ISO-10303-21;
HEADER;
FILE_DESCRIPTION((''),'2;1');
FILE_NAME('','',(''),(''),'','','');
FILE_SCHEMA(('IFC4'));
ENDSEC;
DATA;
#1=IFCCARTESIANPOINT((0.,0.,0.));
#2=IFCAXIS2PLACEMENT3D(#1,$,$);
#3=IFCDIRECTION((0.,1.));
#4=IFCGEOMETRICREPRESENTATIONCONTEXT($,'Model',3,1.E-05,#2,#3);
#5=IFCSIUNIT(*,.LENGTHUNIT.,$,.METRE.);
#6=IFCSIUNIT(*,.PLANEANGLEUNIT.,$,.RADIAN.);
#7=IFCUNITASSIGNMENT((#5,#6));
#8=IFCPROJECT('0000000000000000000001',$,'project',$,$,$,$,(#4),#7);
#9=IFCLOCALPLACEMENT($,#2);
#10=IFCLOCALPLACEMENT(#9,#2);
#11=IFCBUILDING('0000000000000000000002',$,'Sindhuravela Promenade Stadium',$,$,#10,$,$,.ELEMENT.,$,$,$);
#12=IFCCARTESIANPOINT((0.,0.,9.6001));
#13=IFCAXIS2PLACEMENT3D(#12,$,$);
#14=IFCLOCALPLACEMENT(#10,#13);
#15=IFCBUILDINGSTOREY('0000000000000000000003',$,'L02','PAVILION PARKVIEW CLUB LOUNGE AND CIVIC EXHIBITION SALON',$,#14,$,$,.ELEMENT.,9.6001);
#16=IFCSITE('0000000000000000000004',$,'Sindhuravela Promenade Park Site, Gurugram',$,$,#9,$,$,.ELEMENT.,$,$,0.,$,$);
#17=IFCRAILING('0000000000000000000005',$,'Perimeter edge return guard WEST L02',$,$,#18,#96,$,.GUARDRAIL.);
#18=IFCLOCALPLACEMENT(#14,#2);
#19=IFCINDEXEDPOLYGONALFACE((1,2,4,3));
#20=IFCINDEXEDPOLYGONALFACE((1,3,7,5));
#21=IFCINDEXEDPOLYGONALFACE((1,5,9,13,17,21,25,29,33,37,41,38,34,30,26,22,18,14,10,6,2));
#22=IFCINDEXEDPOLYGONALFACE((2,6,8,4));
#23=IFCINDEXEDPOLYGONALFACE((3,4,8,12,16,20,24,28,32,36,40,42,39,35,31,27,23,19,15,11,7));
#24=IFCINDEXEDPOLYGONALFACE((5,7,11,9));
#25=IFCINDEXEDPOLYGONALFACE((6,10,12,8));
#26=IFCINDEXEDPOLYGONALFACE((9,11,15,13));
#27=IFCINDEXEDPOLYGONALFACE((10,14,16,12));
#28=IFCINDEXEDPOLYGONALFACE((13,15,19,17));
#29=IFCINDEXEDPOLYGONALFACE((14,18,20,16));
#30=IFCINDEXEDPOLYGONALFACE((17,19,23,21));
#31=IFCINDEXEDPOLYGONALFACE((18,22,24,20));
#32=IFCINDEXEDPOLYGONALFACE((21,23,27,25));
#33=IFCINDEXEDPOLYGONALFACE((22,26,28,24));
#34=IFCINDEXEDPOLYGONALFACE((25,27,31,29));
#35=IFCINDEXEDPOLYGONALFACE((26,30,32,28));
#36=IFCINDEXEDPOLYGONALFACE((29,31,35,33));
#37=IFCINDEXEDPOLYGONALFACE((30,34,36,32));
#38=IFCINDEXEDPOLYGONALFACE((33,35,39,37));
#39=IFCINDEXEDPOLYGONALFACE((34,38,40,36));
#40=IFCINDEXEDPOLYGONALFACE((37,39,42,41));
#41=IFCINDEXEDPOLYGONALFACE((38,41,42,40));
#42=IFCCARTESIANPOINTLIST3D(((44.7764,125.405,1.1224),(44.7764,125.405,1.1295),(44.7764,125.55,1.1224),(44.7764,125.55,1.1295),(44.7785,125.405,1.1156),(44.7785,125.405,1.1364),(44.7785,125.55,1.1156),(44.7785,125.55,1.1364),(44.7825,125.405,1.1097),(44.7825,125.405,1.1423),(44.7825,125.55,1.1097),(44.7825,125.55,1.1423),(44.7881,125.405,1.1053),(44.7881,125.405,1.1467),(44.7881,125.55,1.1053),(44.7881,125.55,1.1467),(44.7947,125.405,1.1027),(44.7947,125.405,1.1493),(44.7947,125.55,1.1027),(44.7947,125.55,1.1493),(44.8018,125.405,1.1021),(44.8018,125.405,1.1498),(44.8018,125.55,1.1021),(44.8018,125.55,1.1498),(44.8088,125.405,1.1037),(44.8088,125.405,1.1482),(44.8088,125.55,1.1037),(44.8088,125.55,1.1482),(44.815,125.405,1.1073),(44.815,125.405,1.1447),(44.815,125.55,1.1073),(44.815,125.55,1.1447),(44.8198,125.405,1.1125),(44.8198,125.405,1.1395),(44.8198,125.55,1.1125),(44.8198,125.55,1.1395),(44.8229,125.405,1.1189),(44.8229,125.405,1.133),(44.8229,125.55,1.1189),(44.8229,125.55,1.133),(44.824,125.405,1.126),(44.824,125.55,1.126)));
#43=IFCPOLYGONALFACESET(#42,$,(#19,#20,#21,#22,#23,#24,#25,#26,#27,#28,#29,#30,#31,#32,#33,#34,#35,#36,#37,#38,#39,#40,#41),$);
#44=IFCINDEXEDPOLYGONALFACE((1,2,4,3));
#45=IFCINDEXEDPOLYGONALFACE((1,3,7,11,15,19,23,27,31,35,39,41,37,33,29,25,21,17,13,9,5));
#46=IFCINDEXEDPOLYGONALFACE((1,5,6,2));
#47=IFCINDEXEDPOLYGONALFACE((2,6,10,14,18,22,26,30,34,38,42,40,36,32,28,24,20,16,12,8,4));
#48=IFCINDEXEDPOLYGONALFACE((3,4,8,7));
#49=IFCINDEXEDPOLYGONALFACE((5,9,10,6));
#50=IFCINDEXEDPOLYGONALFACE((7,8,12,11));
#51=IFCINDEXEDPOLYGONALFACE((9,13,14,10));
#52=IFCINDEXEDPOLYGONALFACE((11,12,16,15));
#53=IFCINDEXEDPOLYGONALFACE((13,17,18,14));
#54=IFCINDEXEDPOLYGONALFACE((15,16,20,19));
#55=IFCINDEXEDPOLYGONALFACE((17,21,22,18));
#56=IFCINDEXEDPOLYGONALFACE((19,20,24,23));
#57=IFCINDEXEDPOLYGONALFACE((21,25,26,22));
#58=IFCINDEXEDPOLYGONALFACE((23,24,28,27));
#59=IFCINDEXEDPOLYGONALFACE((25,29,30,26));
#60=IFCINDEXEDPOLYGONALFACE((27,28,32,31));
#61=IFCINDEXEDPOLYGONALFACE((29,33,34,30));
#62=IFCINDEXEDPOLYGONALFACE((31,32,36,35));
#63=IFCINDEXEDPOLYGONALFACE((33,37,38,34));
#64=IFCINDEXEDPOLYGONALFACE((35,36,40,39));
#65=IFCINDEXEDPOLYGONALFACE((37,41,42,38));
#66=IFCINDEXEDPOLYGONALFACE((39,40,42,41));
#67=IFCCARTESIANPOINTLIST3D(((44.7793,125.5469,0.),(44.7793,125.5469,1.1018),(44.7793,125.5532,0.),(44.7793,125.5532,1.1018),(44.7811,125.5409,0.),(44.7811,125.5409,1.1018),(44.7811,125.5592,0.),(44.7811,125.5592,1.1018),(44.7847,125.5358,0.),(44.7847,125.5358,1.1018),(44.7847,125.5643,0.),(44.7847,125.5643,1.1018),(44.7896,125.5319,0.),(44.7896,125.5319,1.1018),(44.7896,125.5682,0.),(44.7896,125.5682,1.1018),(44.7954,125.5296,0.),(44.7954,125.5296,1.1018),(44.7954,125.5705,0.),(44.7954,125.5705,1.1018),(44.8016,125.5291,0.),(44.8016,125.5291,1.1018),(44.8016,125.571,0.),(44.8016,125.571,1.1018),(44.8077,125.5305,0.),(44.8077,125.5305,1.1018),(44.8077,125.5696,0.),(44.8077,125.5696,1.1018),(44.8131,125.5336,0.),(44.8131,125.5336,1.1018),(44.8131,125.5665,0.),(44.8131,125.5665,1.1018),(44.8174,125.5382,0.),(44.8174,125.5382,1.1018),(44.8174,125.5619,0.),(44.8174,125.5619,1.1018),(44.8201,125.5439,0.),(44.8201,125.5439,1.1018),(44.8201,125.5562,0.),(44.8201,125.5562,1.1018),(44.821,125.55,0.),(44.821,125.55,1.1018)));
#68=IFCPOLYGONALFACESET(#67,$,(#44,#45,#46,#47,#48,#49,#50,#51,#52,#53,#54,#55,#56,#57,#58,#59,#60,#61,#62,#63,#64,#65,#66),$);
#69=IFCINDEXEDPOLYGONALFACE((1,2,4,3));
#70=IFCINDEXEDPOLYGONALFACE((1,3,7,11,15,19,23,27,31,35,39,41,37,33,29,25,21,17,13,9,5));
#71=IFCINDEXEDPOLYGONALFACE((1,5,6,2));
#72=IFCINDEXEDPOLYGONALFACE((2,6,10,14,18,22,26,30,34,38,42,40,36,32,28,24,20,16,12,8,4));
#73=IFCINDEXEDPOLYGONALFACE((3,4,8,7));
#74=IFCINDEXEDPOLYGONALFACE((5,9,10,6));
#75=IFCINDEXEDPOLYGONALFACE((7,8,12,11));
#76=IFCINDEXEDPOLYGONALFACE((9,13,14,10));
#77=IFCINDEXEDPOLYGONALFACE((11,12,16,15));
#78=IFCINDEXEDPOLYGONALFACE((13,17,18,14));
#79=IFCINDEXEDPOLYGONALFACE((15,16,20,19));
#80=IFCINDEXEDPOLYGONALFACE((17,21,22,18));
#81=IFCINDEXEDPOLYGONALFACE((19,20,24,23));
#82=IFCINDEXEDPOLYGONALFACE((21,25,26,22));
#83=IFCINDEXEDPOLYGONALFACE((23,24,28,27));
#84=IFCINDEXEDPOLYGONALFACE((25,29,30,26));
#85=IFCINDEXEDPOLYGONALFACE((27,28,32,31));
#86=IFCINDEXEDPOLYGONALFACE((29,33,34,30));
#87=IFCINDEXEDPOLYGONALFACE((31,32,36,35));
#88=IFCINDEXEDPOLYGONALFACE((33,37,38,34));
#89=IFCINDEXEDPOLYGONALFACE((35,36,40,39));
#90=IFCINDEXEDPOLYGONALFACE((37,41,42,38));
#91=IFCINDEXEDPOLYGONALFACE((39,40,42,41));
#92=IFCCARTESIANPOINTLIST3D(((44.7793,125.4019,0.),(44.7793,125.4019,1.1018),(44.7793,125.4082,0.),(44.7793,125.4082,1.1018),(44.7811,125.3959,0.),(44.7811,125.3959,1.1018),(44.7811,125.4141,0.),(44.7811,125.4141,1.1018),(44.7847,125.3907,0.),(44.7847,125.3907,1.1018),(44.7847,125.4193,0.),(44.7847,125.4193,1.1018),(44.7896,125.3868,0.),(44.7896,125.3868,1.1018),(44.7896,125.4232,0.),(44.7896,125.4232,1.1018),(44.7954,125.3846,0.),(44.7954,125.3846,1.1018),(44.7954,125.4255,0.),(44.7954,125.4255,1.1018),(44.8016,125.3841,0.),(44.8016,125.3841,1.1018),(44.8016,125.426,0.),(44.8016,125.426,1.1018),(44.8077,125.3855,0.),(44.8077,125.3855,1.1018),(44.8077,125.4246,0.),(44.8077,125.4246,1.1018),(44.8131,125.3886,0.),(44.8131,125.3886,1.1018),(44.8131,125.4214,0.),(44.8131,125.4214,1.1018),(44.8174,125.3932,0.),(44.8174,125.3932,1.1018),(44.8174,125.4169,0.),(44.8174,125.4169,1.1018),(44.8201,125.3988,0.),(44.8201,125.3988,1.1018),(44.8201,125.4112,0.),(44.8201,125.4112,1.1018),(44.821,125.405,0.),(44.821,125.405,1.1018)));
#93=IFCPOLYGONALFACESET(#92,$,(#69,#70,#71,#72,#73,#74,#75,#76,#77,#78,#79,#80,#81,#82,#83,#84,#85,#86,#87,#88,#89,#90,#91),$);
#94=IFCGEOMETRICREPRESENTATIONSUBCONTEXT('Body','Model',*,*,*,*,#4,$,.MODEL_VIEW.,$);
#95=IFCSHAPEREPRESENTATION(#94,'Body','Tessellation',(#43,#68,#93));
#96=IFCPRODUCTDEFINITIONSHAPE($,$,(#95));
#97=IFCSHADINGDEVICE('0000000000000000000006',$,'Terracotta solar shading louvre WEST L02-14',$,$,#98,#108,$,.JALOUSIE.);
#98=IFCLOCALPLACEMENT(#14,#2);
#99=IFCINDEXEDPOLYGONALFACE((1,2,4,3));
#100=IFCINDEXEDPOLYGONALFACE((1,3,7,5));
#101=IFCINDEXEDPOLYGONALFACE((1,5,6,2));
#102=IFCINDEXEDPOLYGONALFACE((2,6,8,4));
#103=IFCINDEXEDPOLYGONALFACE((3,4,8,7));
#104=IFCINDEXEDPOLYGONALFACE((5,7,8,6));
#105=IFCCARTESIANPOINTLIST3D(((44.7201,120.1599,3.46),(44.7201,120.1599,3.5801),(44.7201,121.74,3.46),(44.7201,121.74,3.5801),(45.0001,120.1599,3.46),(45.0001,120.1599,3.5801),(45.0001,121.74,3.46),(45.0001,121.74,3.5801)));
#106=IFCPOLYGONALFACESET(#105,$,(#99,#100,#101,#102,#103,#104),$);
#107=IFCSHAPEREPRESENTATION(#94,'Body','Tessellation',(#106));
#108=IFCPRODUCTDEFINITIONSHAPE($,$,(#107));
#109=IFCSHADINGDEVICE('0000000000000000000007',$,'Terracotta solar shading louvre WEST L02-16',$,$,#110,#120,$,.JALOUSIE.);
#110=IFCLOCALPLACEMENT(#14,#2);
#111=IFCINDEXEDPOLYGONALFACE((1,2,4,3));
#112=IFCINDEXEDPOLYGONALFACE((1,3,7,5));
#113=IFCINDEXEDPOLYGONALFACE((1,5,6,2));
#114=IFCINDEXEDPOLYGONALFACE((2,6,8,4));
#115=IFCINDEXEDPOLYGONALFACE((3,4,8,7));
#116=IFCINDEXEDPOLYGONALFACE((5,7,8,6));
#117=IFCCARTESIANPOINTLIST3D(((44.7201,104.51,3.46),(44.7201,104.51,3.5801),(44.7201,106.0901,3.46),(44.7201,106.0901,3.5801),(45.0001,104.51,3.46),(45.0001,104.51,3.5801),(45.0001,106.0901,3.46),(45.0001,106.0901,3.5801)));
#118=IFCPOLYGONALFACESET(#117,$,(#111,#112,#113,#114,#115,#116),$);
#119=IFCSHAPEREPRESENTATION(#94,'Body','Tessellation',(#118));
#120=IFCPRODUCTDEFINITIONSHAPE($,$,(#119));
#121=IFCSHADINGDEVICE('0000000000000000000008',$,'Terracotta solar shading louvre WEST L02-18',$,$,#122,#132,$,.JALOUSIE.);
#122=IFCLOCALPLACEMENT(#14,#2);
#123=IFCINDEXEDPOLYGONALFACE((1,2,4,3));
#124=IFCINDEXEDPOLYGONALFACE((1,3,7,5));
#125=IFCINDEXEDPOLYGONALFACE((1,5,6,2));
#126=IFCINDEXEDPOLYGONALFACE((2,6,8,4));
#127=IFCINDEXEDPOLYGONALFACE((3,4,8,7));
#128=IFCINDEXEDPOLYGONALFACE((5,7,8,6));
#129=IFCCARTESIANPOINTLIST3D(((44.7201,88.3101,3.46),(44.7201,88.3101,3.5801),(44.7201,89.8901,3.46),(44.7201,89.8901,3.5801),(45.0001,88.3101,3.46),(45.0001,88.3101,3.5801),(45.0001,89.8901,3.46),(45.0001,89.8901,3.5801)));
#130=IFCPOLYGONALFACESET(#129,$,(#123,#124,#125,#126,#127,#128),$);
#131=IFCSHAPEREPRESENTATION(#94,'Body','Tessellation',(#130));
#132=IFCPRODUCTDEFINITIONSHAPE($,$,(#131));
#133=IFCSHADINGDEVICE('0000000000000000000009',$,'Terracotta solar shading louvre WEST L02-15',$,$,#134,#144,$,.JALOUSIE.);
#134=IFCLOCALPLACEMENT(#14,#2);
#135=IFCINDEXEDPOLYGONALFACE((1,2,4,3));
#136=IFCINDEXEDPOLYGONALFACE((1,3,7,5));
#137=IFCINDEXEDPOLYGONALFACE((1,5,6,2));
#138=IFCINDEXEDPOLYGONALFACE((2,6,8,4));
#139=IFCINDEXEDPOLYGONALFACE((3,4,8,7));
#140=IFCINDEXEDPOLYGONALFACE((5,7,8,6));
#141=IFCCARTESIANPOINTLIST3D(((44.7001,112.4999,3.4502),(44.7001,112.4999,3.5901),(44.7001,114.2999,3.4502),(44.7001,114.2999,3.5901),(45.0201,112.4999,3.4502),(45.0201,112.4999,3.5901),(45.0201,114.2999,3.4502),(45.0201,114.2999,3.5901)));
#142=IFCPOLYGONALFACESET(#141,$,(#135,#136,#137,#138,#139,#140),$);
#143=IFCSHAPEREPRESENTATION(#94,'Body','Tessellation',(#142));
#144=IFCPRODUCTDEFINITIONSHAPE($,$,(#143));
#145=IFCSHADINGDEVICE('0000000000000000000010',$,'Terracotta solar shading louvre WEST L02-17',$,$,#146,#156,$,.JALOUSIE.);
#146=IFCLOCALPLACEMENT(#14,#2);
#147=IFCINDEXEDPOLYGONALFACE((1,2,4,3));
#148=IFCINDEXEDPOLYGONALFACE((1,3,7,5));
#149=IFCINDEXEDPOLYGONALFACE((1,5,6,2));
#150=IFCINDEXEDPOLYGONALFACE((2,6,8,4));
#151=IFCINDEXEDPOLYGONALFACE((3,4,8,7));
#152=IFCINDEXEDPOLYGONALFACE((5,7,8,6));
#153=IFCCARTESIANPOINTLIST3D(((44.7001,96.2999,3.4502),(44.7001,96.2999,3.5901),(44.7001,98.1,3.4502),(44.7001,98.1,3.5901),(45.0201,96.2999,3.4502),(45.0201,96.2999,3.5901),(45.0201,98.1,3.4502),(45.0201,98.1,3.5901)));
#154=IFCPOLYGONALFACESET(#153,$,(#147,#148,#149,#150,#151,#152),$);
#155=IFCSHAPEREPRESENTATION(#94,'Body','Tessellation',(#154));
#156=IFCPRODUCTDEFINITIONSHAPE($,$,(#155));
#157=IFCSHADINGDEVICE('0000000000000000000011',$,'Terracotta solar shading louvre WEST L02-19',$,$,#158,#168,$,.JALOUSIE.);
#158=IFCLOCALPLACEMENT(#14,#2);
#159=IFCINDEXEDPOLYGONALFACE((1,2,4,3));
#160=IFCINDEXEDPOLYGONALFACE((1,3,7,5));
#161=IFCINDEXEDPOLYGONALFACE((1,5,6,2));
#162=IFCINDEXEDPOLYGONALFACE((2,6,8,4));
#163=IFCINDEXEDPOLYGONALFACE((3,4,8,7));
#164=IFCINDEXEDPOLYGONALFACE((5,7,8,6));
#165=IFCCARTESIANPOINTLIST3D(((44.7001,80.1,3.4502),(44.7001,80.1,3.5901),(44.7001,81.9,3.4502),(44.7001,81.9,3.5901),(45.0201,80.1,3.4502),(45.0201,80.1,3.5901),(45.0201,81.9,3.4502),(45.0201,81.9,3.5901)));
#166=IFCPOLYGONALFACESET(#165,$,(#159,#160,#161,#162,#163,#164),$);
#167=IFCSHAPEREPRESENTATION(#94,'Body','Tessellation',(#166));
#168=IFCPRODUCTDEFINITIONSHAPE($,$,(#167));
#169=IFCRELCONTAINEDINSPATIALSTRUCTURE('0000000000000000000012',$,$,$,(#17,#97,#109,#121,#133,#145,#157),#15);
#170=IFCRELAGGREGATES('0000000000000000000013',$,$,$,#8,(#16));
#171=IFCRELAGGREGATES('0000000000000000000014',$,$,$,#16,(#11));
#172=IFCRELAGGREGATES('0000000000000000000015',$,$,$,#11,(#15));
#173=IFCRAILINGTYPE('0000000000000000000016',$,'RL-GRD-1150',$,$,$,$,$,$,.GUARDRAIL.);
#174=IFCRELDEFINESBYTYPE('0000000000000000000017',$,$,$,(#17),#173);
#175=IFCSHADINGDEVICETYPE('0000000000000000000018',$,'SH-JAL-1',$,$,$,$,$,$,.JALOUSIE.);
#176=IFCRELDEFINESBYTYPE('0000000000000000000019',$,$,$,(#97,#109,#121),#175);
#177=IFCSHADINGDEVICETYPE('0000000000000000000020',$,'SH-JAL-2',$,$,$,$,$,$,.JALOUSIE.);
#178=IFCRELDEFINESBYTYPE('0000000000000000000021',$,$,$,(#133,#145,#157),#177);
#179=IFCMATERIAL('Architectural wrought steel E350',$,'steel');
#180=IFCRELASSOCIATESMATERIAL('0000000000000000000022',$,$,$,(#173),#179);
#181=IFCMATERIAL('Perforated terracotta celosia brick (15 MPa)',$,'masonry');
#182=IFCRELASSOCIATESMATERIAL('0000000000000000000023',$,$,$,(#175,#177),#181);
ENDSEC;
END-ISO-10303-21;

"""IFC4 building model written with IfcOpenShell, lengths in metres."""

from ifc_helpers import new_model, si_unit, direction, frame, origin, origin_2d, place, context, subcontext, project, spatial, rectangle, circle, extrude, material, type_object, element, save


model = new_model("IFC4")

# Units and contexts
model_context = context("Model", 3, precision=1e-05, world=origin(), true_north=direction((0.0, 1.0)))
body_context = subcontext(model_context, "Body", "Model", "MODEL_VIEW")
ifc_project = project(units=[si_unit("LENGTHUNIT", "METRE"), si_unit("PLANEANGLEUNIT", "RADIAN")], contexts=[model_context])

# Site, building, storey
site_placement = place(None, origin())
site = spatial("IfcSite", under=ifc_project, at=site_placement, Name="Sindhuravela Promenade Park Site, Gurugram", CompositionType="ELEMENT", RefElevation=0.0)
building_placement = place(site_placement, origin())
building = spatial("IfcBuilding", under=site, at=building_placement, Name="Sindhuravela Promenade Stadium", CompositionType="ELEMENT")
storey_placement = place(building_placement, frame((0.0, 0.0, 9.6001)))
storey = spatial("IfcBuildingStorey", under=building, at=storey_placement, Name="L02", Description="PAVILION PARKVIEW CLUB LOUNGE AND CIVIC EXHIBITION SALON", CompositionType="ELEMENT", Elevation=9.6001)

# Shared definitions
ifc_material_1 = material(Name="Perforated terracotta celosia brick (15 MPa)", Category="masonry")

# Railing
ifc_material_2 = material(Name="Architectural wrought steel E350", Category="steel")
railing_type = type_object("IfcRailingType", Name="RL-GRD-1150", PredefinedType="GUARDRAIL", material=ifc_material_2)
railing_placement = place(storey_placement, frame((44.8, 125.55, 0.0)))
element("IfcRailing", 1, at=railing_placement, inside=storey, type_object=railing_type, Name="Perimeter edge return guard WEST L02", PredefinedType="GUARDRAIL", context=body_context, shape_type="SweptSolid", body=[
    extrude(circle(Radius=0.0239, at=origin_2d()), frame((0.0, 0.0, 1.126), z_axis=(0.0, -1.0, 0.0), x_axis=(1.0, 0.0, 0.0)), (0.0, 0.0, 1.0), 0.145),
    extrude(circle(Radius=0.021, at=origin_2d()), origin(), (0.0, 0.0, 1.0), 1.1018),
    extrude(circle(Radius=0.021, at=origin_2d()), frame((0.0, -0.145, 0.0)), (0.0, 0.0, 1.0), 1.1018),
])

# Shading devices
shading_device_type_1 = type_object("IfcShadingDeviceType", Name="SH-JAL-1", PredefinedType="JALOUSIE", material=ifc_material_1)
for number, where, z_axis, x_axis, name in (
    (2, (44.8601, 120.95, 3.46), (0.0, 0.0, 1.0), (0.0, -1.0, 0.0), "Terracotta solar shading louvre WEST L02-14"),
    (3, (44.8601, 105.3, 3.46), (0.0, 0.0, 1.0), (0.0, -1.0, 0.0), "Terracotta solar shading louvre WEST L02-16"),
    (4, (44.8601, 89.1001, 3.46), (0.0, 0.0, 1.0), (0.0, -1.0, 0.0), "Terracotta solar shading louvre WEST L02-18"),
):
    element("IfcShadingDevice", number, at=place(storey_placement, frame(where, z_axis=z_axis, x_axis=x_axis)), inside=storey, type_object=shading_device_type_1, Name=name, PredefinedType="JALOUSIE", context=body_context, shape_type="SweptSolid", body=[
        extrude(rectangle(XDim=1.5801, YDim=0.28, at=origin_2d()), origin(), (0.0, 0.0, 1.0), 0.1201),
    ])
shading_device_type_2 = type_object("IfcShadingDeviceType", Name="SH-JAL-2", PredefinedType="JALOUSIE", material=ifc_material_1)
for number, where, z_axis, x_axis, name in (
    (5, (44.8601, 113.3999, 3.4502), (0.0, 0.0, 1.0), (0.0, -1.0, 0.0), "Terracotta solar shading louvre WEST L02-15"),
    (6, (44.8601, 97.2, 3.4502), (0.0, 0.0, 1.0), (0.0, -1.0, 0.0), "Terracotta solar shading louvre WEST L02-17"),
    (7, (44.8601, 81.0, 3.4502), (0.0, 0.0, 1.0), (0.0, -1.0, 0.0), "Terracotta solar shading louvre WEST L02-19"),
):
    element("IfcShadingDevice", number, at=place(storey_placement, frame(where, z_axis=z_axis, x_axis=x_axis)), inside=storey, type_object=shading_device_type_2, Name=name, PredefinedType="JALOUSIE", context=body_context, shape_type="SweptSolid", body=[
        extrude(rectangle(XDim=1.8, YDim=0.3201, at=origin_2d()), origin(), (0.0, 0.0, 1.0), 0.1399),
    ])

save(model, "model.ifc")
